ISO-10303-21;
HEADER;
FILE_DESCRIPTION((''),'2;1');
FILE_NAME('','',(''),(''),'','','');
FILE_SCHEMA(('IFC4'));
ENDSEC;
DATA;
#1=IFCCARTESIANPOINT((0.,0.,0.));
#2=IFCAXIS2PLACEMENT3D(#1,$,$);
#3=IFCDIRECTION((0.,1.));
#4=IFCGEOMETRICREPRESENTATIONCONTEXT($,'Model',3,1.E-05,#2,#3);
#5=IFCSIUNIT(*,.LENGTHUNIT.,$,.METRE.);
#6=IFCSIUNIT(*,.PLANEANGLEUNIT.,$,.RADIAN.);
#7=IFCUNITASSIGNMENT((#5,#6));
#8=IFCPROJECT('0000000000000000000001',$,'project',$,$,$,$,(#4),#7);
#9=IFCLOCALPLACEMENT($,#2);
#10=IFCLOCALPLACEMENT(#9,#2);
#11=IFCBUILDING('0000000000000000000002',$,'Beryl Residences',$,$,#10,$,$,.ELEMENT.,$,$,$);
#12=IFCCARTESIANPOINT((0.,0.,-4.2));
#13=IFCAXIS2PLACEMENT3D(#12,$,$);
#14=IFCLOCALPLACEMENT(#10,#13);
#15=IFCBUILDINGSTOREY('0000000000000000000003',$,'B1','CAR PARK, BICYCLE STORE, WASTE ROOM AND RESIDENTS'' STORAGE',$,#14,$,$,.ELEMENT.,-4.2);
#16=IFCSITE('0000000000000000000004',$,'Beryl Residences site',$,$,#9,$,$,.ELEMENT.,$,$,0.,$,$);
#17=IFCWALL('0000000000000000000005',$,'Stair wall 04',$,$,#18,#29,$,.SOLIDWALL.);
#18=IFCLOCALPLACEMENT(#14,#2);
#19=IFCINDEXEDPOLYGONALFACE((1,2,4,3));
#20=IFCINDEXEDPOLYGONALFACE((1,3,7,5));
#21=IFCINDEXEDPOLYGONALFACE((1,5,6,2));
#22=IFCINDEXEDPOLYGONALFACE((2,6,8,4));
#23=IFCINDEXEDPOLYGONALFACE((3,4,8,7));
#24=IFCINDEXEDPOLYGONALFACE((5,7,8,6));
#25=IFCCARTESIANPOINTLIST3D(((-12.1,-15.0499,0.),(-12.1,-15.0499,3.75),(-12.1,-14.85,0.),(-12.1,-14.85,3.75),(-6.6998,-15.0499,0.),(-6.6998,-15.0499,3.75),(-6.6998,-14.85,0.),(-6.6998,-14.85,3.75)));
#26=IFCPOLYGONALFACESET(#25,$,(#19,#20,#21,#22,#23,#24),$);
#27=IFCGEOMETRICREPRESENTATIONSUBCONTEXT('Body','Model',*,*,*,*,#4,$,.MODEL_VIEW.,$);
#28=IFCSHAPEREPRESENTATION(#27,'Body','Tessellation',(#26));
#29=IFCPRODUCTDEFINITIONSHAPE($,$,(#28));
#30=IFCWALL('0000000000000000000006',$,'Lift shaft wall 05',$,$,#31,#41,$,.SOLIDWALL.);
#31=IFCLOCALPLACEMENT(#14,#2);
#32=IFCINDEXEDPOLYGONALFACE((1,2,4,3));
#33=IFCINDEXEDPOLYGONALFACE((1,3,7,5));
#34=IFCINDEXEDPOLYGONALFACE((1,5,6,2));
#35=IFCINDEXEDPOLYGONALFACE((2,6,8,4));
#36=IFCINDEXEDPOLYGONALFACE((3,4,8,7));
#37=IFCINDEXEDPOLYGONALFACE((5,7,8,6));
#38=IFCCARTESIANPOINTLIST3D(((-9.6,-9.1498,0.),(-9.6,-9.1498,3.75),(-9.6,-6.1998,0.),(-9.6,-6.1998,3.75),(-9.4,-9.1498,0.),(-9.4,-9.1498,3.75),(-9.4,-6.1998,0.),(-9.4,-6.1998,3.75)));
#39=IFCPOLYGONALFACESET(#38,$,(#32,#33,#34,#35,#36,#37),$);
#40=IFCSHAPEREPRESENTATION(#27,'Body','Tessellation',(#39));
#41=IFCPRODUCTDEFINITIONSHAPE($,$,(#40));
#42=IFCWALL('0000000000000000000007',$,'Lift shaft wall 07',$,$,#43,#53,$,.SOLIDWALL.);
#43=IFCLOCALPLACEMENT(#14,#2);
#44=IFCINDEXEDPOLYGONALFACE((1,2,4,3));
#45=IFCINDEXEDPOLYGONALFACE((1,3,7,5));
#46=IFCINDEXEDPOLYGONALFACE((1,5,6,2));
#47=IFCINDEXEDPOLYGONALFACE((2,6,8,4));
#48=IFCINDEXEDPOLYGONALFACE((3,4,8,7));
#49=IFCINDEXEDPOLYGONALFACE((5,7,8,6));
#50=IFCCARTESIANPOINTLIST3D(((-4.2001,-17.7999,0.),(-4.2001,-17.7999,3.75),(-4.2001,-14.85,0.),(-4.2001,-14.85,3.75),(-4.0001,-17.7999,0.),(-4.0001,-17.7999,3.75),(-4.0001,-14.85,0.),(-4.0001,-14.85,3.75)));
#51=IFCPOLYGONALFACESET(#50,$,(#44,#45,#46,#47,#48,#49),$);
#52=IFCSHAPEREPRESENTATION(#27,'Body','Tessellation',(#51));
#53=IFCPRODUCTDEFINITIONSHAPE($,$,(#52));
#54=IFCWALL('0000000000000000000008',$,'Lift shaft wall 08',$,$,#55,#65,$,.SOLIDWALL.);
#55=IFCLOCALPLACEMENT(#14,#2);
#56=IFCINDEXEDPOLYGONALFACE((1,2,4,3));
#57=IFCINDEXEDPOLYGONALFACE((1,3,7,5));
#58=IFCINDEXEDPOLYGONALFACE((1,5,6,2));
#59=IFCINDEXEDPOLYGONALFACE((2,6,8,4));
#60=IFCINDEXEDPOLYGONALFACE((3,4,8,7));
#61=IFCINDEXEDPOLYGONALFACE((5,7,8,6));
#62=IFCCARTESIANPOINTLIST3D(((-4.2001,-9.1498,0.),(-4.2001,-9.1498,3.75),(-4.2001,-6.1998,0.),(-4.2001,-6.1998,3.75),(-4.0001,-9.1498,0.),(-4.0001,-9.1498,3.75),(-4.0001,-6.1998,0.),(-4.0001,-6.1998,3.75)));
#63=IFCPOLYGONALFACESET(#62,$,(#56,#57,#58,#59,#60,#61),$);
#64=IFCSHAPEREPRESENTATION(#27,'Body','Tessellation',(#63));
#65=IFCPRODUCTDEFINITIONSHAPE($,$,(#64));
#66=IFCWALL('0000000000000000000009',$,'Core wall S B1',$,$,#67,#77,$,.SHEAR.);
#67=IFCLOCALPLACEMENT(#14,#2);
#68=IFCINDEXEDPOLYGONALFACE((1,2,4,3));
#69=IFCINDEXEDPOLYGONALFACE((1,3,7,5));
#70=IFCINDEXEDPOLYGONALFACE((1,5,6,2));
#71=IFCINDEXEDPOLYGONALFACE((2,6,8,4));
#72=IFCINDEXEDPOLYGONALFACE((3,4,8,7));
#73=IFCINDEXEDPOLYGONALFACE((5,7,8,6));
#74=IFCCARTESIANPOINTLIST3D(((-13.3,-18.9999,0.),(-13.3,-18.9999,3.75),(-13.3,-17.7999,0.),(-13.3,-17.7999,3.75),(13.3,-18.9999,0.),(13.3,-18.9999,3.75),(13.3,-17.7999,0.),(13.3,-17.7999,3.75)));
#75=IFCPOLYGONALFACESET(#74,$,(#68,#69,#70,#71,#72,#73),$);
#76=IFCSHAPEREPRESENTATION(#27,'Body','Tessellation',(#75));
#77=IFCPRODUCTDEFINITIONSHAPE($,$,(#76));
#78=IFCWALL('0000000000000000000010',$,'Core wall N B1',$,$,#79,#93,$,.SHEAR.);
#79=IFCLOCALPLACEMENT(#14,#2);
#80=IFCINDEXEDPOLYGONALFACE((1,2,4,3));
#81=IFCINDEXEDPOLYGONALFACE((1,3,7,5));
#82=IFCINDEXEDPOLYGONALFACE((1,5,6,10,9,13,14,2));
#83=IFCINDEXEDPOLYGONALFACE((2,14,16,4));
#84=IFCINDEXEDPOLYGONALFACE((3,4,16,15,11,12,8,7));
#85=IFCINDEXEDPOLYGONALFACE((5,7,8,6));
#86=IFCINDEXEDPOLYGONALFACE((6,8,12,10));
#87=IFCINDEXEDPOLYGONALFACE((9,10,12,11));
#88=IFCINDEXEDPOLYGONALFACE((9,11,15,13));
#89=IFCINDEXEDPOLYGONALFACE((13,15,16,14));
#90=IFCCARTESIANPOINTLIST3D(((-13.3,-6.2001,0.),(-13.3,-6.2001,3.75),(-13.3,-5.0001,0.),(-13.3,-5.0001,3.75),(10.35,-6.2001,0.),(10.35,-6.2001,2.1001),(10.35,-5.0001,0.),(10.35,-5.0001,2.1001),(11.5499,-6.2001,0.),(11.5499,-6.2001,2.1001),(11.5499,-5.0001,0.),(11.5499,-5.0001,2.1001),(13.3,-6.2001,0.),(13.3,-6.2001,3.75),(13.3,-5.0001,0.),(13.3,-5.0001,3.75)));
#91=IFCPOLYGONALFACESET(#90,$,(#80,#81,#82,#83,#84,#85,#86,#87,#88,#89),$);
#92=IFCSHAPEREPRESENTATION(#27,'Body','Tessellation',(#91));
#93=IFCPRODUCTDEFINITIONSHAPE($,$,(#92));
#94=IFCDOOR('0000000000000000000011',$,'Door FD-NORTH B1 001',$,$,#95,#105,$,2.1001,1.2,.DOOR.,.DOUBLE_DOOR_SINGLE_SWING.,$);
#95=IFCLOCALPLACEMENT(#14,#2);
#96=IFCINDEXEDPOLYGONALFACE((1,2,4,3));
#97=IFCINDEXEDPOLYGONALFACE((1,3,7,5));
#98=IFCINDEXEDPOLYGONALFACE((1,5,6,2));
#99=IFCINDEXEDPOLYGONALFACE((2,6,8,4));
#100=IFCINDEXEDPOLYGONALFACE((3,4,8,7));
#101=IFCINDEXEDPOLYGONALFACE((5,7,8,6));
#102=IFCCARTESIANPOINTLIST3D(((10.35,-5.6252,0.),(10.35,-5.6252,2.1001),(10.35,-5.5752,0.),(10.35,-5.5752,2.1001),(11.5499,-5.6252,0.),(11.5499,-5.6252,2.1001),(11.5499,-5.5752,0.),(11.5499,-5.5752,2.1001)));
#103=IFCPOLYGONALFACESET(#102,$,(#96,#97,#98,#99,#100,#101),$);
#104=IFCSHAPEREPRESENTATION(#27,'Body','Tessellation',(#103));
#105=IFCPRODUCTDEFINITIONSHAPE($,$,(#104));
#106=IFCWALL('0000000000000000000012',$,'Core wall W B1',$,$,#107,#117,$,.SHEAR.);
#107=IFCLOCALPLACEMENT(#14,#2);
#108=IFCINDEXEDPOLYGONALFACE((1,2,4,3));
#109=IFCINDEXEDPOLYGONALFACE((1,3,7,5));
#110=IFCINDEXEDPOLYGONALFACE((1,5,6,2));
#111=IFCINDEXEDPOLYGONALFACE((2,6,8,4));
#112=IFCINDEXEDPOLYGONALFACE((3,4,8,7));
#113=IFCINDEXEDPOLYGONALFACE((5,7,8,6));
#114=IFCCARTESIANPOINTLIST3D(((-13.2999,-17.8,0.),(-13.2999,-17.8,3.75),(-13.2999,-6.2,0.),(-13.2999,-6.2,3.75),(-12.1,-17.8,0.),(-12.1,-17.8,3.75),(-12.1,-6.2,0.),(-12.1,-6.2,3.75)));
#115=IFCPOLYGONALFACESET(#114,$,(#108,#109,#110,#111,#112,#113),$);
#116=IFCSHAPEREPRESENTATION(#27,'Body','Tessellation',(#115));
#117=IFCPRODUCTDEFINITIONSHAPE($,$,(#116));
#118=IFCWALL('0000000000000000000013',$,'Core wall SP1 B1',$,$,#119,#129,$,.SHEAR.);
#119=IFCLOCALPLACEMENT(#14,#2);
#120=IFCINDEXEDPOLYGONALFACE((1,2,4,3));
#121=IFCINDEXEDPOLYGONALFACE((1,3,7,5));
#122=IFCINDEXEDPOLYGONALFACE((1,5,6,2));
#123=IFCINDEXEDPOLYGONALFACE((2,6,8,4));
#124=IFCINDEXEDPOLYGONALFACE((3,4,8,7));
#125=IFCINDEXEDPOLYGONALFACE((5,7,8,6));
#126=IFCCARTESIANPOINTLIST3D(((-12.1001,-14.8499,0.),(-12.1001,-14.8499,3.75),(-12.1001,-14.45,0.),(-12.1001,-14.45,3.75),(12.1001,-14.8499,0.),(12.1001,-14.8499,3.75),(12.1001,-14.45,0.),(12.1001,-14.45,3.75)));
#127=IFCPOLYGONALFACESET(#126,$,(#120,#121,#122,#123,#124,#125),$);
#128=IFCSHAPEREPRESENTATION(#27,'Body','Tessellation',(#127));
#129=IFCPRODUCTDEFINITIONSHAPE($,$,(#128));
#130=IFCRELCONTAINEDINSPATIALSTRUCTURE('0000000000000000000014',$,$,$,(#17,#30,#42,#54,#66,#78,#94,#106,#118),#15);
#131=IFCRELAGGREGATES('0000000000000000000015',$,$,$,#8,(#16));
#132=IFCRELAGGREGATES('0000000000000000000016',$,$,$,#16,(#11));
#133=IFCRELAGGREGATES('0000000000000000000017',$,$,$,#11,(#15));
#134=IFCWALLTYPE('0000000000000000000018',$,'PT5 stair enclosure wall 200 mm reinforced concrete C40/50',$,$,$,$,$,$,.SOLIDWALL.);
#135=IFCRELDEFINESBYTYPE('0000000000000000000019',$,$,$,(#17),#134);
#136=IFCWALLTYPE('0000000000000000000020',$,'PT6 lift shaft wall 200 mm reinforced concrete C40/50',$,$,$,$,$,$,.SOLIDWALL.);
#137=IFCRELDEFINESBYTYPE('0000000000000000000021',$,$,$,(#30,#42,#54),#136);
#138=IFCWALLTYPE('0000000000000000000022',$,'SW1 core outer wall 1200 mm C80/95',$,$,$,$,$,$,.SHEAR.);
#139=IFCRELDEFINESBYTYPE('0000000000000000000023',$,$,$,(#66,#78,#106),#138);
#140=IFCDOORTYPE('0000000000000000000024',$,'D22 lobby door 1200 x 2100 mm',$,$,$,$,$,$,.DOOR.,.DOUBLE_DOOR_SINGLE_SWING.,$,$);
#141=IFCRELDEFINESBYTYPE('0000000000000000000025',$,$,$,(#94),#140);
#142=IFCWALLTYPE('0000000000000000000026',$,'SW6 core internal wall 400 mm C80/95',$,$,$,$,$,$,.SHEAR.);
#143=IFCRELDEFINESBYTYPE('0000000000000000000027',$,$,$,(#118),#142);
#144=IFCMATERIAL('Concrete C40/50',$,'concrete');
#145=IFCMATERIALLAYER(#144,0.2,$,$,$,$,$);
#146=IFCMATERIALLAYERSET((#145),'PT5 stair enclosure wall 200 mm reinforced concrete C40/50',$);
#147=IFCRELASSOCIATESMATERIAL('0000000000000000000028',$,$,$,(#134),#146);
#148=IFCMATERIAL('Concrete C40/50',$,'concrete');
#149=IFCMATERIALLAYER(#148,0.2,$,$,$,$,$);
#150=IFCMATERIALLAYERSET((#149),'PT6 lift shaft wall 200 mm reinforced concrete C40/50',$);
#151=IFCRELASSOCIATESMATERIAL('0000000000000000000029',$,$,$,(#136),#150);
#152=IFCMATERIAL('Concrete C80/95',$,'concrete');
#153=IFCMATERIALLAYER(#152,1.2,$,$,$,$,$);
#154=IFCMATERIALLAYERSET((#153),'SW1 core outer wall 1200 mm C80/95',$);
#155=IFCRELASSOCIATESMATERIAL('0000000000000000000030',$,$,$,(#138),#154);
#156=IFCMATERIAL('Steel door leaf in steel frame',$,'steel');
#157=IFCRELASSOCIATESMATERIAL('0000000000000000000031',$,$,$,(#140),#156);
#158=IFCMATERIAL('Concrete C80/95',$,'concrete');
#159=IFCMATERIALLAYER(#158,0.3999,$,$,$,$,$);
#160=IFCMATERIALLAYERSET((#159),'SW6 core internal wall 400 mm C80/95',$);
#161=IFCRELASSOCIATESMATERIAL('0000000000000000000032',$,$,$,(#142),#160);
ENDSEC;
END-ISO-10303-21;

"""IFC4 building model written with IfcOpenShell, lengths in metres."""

from ifc_helpers import new_model, si_unit, direction, frame, frame_2d, origin, place, context, subcontext, project, spatial, rectangle, extrude, material, layer, layer_set, type_object, element, fill, save


model = new_model("IFC4")

# Units and contexts
model_context = context("Model", 3, precision=1e-05, world=origin(), true_north=direction((0.0, 1.0)))
body_context = subcontext(model_context, "Body", "Model", "MODEL_VIEW")
ifc_project = project(units=[si_unit("LENGTHUNIT", "METRE"), si_unit("PLANEANGLEUNIT", "RADIAN")], contexts=[model_context])

# Site, building, storey
site_placement = place(None, origin())
site = spatial("IfcSite", under=ifc_project, at=site_placement, Name="Beryl Residences site", CompositionType="ELEMENT", RefElevation=0.0)
building_placement = place(site_placement, origin())
building = spatial("IfcBuilding", under=site, at=building_placement, Name="Beryl Residences", CompositionType="ELEMENT")
storey_placement = place(building_placement, frame((0.0, 0.0, -4.2)))
storey = spatial("IfcBuildingStorey", under=building, at=storey_placement, Name="B1", Description="CAR PARK, BICYCLE STORE, WASTE ROOM AND RESIDENTS' STORAGE", CompositionType="ELEMENT", Elevation=-4.2)

# Walls
ifc_material_1 = material(Name="Concrete C40/50", Category="concrete")
ifc_layer_1 = layer(ifc_material_1, 0.2)
ifc_layer_set_1 = layer_set([ifc_layer_1], Name="PT5 stair enclosure wall 200 mm reinforced concrete C40/50")
wall_type_1 = type_object("IfcWallType", Name="PT5 stair enclosure wall 200 mm reinforced concrete C40/50", PredefinedType="SOLIDWALL", material=ifc_layer_set_1)
wall_1_placement = place(storey_placement, frame((-12.1001, -14.95, 0.0), z_axis=(0.0, 0.0, 1.0), x_axis=(1.0, 0.0, 0.0)))
element("IfcWall", 1, at=wall_1_placement, inside=storey, type_object=wall_type_1, Name="Stair wall 04", PredefinedType="SOLIDWALL", context=body_context, shape_type="SweptSolid", body=[
    extrude(rectangle(XDim=5.4001, YDim=0.2, at=frame_2d((2.7002, 0.0))), origin(), (0.0, 0.0, 1.0), 3.75),
])
ifc_material_2 = material(Name="Concrete C40/50", Category="concrete")
ifc_layer_2 = layer(ifc_material_2, 0.2)
ifc_layer_set_2 = layer_set([ifc_layer_2], Name="PT6 lift shaft wall 200 mm reinforced concrete C40/50")
wall_type_2 = type_object("IfcWallType", Name="PT6 lift shaft wall 200 mm reinforced concrete C40/50", PredefinedType="SOLIDWALL", material=ifc_layer_set_2)
for number, where, z_axis, x_axis, name in (
    (2, (-9.5, -9.1499, 0.0), (0.0, 0.0, 1.0), (0.0, 1.0, 0.0), "Lift shaft wall 05"),
    (3, (-4.1001, -17.8, 0.0), (0.0, 0.0, 1.0), (0.0, 1.0, 0.0), "Lift shaft wall 07"),
    (4, (-4.1001, -9.1499, 0.0), (0.0, 0.0, 1.0), (0.0, 1.0, 0.0), "Lift shaft wall 08"),
):
    element("IfcWall", number, at=place(storey_placement, frame(where, z_axis=z_axis, x_axis=x_axis)), inside=storey, type_object=wall_type_2, Name=name, PredefinedType="SOLIDWALL", context=body_context, shape_type="SweptSolid", body=[
        extrude(rectangle(XDim=2.95, YDim=0.2, at=frame_2d((1.4751, 0.0))), origin(), (0.0, 0.0, 1.0), 3.75),
    ])
ifc_material_3 = material(Name="Concrete C80/95", Category="concrete")
ifc_layer_3 = layer(ifc_material_3, 1.2)
ifc_layer_set_3 = layer_set([ifc_layer_3], Name="SW1 core outer wall 1200 mm C80/95")
wall_type_3 = type_object("IfcWallType", Name="SW1 core outer wall 1200 mm C80/95", PredefinedType="SHEAR", material=ifc_layer_set_3)
wall_2_placement = place(storey_placement, frame((-13.3, -18.3999, 0.0), z_axis=(0.0, 0.0, 1.0), x_axis=(1.0, 0.0, 0.0)))
element("IfcWall", 5, at=wall_2_placement, inside=storey, type_object=wall_type_3, Name="Core wall S B1", PredefinedType="SHEAR", context=body_context, shape_type="SweptSolid", body=[
    extrude(rectangle(XDim=26.6001, YDim=1.2, at=frame_2d((13.3, 0.0))), origin(), (0.0, 0.0, 1.0), 3.75),
])

# Wall, opening, door
wall_3_placement = place(storey_placement, frame((-13.3, -5.6001, 0.0), z_axis=(0.0, 0.0, 1.0), x_axis=(1.0, 0.0, 0.0)))
wall_3 = element("IfcWall", 6, at=wall_3_placement, inside=storey, type_object=wall_type_3, Name="Core wall N B1", PredefinedType="SHEAR", context=body_context, shape_type="SweptSolid", body=[
    extrude(rectangle(XDim=26.6001, YDim=1.2, at=frame_2d((13.3, 0.0))), origin(), (0.0, 0.0, 1.0), 3.75),
])
opening_1_placement = place(wall_3_placement, frame((23.6499, 0.0, 0.0)))
opening_1 = element("IfcOpeningElement", 7, at=opening_1_placement, cuts=wall_3, PredefinedType="OPENING", context=body_context, shape_type="SweptSolid", body=[
    extrude(rectangle(XDim=1.2, YDim=2.1001, at=frame_2d((0.6001, 1.05))), frame((0.0, 0.6099, 0.0), z_axis=(0.0, -1.0, 0.0), x_axis=(1.0, 0.0, 0.0)), (0.0, 0.0, 1.0), 1.22),
])
ifc_material_4 = material(Name="Steel door leaf in steel frame", Category="steel")
door_type_1 = type_object("IfcDoorType", Name="D22 lobby door 1200 x 2100 mm", OperationType="DOUBLE_DOOR_SINGLE_SWING", PredefinedType="DOOR", material=ifc_material_4)
door_1_placement = place(opening_1_placement, origin())
door_1 = element("IfcDoor", 8, at=door_1_placement, inside=storey, type_object=door_type_1, Name="Door FD-NORTH B1 001", OperationType="DOUBLE_DOOR_SINGLE_SWING", OverallHeight=2.1001, OverallWidth=1.2, PredefinedType="DOOR", context=body_context, shape_type="SweptSolid", body=[
    extrude(rectangle(XDim=1.2, YDim=2.1001, at=frame_2d((0.6001, 1.05))), frame((0.0, 0.0249, 0.0), z_axis=(0.0, -1.0, 0.0), x_axis=(1.0, 0.0, 0.0)), (0.0, 0.0, 1.0), 0.05),
])
fill(opening_1, door_1)

# Walls
wall_4_placement = place(storey_placement, frame((-12.7, -17.8, 0.0), z_axis=(0.0, 0.0, 1.0), x_axis=(0.0, 1.0, 0.0)))
element("IfcWall", 9, at=wall_4_placement, inside=storey, type_object=wall_type_3, Name="Core wall W B1", PredefinedType="SHEAR", context=body_context, shape_type="SweptSolid", body=[
    extrude(rectangle(XDim=11.6001, YDim=1.2, at=frame_2d((5.8, 0.0))), origin(), (0.0, 0.0, 1.0), 3.75),
])
ifc_material_5 = material(Name="Concrete C80/95", Category="concrete")
ifc_layer_4 = layer(ifc_material_5, 0.3999)
ifc_layer_set_4 = layer_set([ifc_layer_4], Name="SW6 core internal wall 400 mm C80/95")
wall_type_4 = type_object("IfcWallType", Name="SW6 core internal wall 400 mm C80/95", PredefinedType="SHEAR", material=ifc_layer_set_4)
wall_5_placement = place(storey_placement, frame((-12.1001, -14.6499, 0.0), z_axis=(0.0, 0.0, 1.0), x_axis=(1.0, 0.0, 0.0)))
element("IfcWall", 10, at=wall_5_placement, inside=storey, type_object=wall_type_4, Name="Core wall SP1 B1", PredefinedType="SHEAR", context=body_context, shape_type="SweptSolid", body=[
    extrude(rectangle(XDim=24.2002, YDim=0.3999, at=frame_2d((12.1001, 0.0))), origin(), (0.0, 0.0, 1.0), 3.75),
])

save(model, "model.ifc")
